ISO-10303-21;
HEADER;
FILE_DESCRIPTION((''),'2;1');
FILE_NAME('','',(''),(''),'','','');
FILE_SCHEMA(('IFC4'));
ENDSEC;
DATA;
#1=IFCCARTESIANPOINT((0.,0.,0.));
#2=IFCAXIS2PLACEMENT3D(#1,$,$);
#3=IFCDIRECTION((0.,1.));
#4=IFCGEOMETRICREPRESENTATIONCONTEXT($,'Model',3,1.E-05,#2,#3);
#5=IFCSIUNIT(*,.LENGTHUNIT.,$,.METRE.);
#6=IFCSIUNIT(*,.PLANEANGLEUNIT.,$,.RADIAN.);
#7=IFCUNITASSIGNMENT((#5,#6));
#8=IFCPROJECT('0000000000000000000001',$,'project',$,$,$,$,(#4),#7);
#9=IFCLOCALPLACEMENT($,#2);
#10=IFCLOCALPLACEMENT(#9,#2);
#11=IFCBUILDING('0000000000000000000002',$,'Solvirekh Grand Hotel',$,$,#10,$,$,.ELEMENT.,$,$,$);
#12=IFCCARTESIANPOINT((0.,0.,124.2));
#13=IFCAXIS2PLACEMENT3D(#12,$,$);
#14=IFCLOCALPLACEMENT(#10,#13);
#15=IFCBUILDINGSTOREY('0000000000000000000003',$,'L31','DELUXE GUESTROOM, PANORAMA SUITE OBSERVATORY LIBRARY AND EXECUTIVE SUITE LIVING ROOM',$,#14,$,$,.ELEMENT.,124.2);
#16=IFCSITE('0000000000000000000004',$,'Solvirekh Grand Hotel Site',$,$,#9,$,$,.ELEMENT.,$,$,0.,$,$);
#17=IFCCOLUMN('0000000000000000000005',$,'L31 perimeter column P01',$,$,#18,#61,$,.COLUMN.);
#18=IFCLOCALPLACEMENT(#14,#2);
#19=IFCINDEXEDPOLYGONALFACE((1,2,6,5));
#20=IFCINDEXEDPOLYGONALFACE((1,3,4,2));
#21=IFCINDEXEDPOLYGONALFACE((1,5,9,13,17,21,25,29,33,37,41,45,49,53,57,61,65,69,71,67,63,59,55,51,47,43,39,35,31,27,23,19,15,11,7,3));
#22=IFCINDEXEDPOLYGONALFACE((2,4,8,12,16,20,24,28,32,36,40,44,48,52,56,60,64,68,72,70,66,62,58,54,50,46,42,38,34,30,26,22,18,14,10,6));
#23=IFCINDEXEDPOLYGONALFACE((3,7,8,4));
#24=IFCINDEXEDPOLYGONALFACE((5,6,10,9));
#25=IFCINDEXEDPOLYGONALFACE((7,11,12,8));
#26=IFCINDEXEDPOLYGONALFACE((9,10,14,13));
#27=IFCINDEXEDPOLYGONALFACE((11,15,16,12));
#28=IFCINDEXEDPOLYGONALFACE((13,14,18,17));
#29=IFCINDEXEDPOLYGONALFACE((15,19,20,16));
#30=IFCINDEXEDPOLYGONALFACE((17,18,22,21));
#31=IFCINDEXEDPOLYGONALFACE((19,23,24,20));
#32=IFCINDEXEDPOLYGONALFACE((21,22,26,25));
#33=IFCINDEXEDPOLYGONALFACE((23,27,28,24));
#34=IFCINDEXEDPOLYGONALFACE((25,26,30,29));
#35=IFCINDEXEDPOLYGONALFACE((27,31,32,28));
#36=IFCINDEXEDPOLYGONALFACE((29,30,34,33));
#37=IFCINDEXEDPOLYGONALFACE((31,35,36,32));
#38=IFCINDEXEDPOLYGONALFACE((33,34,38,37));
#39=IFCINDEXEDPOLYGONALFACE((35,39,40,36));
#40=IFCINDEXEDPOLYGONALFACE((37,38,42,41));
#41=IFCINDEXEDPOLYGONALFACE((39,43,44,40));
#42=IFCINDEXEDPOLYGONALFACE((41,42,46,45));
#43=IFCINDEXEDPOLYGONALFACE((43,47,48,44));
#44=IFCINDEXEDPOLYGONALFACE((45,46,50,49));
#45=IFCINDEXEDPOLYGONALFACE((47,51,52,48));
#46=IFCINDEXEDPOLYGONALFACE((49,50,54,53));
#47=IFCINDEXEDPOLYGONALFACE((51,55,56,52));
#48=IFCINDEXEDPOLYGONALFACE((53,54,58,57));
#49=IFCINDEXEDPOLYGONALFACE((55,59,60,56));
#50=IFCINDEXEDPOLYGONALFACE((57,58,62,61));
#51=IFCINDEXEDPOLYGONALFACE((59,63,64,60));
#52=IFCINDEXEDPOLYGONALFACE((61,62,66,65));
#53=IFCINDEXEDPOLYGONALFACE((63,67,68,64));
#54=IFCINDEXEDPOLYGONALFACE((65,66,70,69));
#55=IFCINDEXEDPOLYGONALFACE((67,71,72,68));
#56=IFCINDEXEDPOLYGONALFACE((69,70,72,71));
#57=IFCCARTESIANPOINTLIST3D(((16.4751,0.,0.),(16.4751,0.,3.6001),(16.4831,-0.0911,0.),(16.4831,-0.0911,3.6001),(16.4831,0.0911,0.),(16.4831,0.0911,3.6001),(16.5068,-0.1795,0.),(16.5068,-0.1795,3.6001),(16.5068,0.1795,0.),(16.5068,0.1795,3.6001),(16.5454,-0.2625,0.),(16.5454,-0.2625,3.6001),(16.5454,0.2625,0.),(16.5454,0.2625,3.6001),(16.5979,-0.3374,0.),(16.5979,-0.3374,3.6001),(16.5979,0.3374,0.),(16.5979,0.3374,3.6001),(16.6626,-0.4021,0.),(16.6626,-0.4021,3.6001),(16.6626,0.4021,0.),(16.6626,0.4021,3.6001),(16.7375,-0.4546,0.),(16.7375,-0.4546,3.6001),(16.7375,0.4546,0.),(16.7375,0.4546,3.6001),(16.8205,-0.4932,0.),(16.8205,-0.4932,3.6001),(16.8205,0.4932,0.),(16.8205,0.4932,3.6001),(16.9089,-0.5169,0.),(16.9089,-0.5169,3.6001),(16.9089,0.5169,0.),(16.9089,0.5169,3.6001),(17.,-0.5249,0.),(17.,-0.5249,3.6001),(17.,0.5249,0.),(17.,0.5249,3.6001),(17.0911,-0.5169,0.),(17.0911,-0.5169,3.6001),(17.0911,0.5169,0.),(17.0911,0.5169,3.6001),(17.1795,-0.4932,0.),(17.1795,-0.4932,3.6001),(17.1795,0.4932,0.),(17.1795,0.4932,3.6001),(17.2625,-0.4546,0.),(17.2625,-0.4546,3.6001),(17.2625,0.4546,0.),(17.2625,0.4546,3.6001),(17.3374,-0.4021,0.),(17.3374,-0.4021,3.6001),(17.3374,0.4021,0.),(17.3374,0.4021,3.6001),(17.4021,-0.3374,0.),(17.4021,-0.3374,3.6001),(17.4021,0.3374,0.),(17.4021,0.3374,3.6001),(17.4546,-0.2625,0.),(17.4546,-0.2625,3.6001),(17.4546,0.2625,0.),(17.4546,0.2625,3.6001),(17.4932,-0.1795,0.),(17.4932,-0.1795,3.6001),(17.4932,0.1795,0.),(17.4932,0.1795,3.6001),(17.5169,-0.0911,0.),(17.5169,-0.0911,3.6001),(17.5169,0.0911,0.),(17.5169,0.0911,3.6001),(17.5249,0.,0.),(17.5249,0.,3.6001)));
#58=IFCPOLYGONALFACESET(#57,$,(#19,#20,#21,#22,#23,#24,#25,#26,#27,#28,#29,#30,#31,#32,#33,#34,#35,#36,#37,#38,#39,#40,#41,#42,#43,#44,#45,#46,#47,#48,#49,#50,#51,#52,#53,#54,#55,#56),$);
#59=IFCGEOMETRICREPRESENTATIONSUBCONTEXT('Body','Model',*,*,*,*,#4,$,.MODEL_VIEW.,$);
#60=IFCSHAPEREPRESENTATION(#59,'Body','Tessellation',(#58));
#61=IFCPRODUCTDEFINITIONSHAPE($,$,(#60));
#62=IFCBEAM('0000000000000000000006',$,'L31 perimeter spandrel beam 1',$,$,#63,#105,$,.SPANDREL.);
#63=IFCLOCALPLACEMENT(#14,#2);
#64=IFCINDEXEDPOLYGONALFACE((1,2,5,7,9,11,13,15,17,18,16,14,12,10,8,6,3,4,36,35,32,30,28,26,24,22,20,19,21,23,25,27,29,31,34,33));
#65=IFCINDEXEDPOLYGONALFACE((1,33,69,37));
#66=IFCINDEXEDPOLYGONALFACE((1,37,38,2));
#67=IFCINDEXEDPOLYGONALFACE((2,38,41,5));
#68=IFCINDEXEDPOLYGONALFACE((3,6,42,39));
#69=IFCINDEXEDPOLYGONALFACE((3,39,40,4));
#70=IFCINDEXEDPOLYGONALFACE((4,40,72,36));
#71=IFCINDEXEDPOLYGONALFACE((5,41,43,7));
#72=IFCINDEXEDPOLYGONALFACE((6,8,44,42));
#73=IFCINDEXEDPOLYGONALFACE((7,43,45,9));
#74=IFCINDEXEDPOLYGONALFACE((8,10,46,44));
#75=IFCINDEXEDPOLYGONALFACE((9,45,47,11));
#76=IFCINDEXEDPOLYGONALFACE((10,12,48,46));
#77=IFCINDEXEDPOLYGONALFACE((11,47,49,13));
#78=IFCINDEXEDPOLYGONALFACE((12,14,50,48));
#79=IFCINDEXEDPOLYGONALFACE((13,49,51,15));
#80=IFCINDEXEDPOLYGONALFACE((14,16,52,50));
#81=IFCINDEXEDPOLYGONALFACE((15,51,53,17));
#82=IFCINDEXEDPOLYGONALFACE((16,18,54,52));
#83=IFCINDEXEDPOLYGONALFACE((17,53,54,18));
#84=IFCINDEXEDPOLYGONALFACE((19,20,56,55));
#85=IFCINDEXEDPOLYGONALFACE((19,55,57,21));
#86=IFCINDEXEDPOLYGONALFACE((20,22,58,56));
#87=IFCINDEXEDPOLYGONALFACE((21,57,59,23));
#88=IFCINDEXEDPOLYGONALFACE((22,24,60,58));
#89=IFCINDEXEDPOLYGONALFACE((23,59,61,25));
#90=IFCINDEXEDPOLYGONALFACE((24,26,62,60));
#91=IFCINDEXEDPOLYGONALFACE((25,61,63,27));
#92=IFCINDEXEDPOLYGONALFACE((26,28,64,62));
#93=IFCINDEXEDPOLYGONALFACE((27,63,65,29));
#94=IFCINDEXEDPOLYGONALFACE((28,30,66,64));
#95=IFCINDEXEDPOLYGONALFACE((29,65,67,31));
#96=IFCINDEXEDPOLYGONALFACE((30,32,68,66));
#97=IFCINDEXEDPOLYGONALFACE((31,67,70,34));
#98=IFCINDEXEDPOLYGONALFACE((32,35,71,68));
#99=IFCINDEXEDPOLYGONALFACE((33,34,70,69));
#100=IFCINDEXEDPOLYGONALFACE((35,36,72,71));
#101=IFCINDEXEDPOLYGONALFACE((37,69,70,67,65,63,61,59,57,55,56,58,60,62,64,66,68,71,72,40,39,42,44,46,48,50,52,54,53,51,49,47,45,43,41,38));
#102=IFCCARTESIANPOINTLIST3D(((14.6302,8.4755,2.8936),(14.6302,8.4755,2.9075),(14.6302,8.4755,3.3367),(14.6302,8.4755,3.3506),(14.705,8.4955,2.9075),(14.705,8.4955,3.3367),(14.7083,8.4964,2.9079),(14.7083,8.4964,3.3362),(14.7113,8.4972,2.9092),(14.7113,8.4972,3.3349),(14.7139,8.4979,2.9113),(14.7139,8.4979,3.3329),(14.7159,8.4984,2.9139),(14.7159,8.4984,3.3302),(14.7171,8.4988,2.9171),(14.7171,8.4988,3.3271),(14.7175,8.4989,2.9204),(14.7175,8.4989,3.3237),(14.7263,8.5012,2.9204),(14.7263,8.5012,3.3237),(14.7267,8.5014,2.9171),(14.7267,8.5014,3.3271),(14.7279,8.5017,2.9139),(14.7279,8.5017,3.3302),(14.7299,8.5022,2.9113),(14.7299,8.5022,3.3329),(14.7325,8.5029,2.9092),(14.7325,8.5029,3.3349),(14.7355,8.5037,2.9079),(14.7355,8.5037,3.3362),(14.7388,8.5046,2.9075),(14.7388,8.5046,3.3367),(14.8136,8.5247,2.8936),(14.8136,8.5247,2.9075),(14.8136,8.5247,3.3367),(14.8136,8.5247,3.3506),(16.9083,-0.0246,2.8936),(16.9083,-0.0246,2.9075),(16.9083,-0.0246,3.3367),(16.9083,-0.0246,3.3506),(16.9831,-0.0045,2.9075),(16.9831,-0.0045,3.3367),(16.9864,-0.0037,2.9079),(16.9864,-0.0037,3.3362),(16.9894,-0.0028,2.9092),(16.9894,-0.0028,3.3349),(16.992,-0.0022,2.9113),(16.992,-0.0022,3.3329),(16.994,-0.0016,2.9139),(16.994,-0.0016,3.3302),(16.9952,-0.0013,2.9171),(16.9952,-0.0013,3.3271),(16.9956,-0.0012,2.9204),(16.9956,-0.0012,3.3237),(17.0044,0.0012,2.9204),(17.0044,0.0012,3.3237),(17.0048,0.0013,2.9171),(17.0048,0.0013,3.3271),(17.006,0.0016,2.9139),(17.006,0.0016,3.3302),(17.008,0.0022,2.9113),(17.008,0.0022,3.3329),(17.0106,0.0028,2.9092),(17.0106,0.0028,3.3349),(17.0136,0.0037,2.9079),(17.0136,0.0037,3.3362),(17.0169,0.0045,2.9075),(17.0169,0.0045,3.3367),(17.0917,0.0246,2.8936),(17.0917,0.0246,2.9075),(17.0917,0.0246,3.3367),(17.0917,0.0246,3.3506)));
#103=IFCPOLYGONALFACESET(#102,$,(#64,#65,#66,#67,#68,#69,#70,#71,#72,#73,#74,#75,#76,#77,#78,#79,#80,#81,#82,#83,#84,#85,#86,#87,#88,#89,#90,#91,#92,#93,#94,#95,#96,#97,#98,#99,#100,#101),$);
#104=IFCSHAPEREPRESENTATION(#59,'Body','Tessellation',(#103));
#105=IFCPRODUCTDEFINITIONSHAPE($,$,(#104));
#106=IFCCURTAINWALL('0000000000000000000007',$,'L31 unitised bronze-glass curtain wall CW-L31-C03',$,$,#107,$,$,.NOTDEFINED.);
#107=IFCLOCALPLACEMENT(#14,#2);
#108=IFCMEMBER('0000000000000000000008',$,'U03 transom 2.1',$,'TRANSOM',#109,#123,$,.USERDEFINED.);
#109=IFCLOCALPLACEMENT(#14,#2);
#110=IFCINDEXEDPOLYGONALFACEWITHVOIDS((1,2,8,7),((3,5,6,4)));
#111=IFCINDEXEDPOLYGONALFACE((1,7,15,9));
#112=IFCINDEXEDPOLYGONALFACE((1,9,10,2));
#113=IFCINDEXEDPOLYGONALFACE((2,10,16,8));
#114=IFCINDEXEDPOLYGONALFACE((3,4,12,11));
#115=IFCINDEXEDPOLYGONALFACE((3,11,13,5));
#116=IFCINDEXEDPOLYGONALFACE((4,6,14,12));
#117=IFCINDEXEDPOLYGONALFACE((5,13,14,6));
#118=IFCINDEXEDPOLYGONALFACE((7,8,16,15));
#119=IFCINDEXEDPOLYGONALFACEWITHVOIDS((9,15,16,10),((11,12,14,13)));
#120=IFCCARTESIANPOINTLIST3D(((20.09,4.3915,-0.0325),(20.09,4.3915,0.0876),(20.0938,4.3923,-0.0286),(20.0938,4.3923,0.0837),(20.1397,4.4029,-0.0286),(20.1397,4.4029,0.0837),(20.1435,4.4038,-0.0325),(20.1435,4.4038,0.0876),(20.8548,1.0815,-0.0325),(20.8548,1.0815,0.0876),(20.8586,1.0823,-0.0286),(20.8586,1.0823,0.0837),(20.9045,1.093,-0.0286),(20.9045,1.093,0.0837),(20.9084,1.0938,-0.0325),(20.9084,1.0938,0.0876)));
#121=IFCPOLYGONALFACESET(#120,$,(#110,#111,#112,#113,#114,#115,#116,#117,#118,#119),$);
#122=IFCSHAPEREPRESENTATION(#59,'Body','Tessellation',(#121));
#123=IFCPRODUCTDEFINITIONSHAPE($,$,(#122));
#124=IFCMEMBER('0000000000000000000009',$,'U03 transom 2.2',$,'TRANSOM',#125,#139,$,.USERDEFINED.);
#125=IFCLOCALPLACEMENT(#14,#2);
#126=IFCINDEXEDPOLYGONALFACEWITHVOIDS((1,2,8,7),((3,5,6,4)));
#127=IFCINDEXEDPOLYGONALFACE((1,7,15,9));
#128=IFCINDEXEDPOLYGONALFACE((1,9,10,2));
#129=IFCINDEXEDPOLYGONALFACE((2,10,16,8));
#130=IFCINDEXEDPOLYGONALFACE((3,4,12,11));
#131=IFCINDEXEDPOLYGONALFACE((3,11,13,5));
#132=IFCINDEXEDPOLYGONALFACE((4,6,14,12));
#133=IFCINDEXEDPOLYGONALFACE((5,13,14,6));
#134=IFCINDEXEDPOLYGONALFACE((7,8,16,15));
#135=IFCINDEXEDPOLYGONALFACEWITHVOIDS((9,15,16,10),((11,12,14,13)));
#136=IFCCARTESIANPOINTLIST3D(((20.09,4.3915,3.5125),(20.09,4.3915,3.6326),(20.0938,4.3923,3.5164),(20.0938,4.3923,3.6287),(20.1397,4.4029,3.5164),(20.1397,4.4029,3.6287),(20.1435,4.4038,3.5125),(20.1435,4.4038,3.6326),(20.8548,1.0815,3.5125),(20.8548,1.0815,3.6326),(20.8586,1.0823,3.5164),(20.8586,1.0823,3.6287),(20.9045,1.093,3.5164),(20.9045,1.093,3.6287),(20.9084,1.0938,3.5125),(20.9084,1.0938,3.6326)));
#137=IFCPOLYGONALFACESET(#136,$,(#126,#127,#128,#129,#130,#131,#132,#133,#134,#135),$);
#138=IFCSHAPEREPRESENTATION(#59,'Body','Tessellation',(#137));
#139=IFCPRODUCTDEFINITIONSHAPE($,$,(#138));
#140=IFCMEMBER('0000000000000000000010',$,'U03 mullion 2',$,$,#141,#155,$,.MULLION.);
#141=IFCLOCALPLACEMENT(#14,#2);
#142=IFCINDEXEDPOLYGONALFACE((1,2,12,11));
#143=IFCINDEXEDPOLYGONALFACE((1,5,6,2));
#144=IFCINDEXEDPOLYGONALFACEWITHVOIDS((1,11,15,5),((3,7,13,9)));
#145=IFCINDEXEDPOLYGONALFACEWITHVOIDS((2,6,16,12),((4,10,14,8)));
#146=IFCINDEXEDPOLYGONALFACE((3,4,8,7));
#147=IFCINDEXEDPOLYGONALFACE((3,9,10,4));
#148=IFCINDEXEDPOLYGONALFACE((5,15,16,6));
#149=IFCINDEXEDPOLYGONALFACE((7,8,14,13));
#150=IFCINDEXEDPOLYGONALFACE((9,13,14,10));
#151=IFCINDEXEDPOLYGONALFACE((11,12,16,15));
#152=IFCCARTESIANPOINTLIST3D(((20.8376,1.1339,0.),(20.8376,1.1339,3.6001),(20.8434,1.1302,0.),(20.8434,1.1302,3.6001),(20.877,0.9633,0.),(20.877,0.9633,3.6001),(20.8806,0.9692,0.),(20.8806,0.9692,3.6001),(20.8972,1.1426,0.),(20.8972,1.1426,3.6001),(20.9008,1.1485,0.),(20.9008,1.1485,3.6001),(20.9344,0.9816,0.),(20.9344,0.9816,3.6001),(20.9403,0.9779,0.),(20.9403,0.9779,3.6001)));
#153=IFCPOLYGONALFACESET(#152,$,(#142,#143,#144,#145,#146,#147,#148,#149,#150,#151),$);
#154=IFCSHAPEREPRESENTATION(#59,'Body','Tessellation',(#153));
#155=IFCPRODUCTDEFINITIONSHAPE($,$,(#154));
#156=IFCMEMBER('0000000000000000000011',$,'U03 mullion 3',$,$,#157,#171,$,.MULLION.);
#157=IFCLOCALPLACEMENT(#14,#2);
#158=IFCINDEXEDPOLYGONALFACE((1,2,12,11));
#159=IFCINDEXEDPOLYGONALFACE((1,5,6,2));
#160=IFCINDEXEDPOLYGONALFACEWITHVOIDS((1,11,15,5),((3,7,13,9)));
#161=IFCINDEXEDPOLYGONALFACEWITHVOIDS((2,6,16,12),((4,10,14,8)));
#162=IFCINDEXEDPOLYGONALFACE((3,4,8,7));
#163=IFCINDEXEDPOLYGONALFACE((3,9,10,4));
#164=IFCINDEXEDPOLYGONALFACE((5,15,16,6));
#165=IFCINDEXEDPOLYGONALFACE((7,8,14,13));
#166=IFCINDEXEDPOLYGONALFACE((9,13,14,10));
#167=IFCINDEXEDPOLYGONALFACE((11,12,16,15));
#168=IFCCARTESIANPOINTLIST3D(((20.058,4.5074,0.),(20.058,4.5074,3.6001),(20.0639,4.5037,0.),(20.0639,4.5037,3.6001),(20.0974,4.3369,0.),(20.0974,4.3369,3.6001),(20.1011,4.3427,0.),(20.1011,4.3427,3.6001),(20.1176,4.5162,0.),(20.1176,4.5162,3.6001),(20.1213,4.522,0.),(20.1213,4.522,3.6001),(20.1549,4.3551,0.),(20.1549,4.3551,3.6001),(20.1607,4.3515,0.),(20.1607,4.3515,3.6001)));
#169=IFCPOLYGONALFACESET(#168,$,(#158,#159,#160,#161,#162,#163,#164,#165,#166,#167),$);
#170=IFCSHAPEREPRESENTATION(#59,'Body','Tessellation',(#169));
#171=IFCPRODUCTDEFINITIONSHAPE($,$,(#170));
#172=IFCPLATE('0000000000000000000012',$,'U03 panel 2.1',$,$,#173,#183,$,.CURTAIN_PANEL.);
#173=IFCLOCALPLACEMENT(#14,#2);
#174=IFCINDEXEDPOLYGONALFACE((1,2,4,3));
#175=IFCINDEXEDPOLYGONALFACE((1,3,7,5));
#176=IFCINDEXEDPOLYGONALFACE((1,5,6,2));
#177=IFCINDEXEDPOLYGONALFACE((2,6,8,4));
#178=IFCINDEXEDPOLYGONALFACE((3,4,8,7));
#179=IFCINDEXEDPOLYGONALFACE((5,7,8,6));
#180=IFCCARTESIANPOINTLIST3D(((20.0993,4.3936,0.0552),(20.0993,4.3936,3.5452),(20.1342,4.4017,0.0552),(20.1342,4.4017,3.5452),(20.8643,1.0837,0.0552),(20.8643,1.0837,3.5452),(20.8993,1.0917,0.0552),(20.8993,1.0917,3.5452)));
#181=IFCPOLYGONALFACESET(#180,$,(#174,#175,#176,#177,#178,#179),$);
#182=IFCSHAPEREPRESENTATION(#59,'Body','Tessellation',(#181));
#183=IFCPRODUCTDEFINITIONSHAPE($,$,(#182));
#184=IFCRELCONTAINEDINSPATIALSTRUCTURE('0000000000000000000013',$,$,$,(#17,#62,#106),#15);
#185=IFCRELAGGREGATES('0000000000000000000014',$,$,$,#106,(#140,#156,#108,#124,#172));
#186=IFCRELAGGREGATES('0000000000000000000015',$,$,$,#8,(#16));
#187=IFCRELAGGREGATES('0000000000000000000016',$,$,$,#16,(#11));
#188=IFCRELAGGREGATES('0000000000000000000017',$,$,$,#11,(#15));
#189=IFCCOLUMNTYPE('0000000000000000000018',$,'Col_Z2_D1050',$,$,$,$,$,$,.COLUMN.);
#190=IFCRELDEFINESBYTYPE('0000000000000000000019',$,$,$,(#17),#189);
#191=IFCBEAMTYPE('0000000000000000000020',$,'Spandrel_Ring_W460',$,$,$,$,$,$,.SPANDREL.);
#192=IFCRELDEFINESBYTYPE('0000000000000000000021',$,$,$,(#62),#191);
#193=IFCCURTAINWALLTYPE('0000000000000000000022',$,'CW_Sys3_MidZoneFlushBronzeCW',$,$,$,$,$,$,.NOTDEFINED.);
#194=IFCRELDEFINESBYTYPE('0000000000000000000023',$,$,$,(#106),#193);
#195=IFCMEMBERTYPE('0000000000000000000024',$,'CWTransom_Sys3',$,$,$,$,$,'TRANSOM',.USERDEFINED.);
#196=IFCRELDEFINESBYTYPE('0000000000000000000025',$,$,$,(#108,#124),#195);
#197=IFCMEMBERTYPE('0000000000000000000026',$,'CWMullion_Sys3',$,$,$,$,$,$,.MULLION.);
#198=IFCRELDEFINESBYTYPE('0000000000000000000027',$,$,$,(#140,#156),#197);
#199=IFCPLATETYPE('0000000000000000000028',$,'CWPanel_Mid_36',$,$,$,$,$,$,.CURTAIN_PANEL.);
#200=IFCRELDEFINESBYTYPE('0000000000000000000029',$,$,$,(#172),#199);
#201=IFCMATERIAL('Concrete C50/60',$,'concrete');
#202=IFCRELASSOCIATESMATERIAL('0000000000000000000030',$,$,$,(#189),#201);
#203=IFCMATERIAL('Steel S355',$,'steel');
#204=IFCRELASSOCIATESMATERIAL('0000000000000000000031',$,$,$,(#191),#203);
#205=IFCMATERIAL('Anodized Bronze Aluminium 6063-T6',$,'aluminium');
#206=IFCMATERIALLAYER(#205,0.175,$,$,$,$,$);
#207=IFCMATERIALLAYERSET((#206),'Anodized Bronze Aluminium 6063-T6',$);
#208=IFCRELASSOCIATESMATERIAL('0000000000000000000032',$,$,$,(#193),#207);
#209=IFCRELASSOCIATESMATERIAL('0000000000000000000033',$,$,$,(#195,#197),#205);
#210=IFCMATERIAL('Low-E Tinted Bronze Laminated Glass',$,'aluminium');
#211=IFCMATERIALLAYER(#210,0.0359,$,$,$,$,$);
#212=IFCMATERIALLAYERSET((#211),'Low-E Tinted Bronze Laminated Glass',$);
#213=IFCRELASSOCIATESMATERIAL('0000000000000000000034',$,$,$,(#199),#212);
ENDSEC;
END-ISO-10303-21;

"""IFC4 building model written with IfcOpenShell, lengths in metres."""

from ifc_helpers import new_model, si_unit, direction, frame, origin, origin_2d, place, context, subcontext, project, spatial, rectangle, hollow_rectangle, circle, i_section, extrude, source, transform, mapped, material, layer, layer_set, material_profile, profile_set, type_object, element, aggregate, save


model = new_model("IFC4")

# Units and contexts
model_context = context("Model", 3, precision=1e-05, world=origin(), true_north=direction((0.0, 1.0)))
body_context = subcontext(model_context, "Body", "Model", "MODEL_VIEW")
ifc_project = project(units=[si_unit("LENGTHUNIT", "METRE"), si_unit("PLANEANGLEUNIT", "RADIAN")], contexts=[model_context])

# Site, building, storey
site_placement = place(None, origin())
site = spatial("IfcSite", under=ifc_project, at=site_placement, Name="Solvirekh Grand Hotel Site", CompositionType="ELEMENT", RefElevation=0.0)
building_placement = place(site_placement, origin())
building = spatial("IfcBuilding", under=site, at=building_placement, Name="Solvirekh Grand Hotel", CompositionType="ELEMENT")
storey_placement = place(building_placement, frame((0.0, 0.0, 124.2)))
storey = spatial("IfcBuildingStorey", under=building, at=storey_placement, Name="L31", Description="DELUXE GUESTROOM, PANORAMA SUITE OBSERVATORY LIBRARY AND EXECUTIVE SUITE LIVING ROOM", CompositionType="ELEMENT", Elevation=124.2)

# Column
ifc_material_1 = material(Name="Concrete C50/60", Category="concrete")
ifc_material_profile_1 = material_profile(ifc_material_1, circle(Radius=0.5249, at=origin_2d()), Name="RC CIRC D1050")
ifc_profile_set_1 = profile_set([ifc_material_profile_1], Name="Concrete C50/60")
column_type = type_object("IfcColumnType", Name="Col_Z2_D1050", PredefinedType="COLUMN", material=ifc_profile_set_1)
column_placement = place(storey_placement, frame((17.0, 0.0, 0.0), z_axis=(0.0, 0.0, 1.0), x_axis=(1.0, 0.0, 0.0)))
element("IfcColumn", 1, at=column_placement, inside=storey, type_object=column_type, Name="L31 perimeter column P01", PredefinedType="COLUMN", context=body_context, shape_type="SweptSolid", body=[
    extrude(circle(Radius=0.5249, at=origin_2d()), origin(), (0.0, 0.0, 1.0), 3.6001),
])

# Beam
ifc_material_2 = material(Name="Steel S355", Category="steel")
ifc_material_profile_2 = material_profile(ifc_material_2, i_section(OverallWidth=0.1899, OverallDepth=0.457, WebThickness=0.009, FlangeThickness=0.0139, FilletRadius=0.0129, at=origin_2d()), Name="W460X74")
ifc_profile_set_2 = profile_set([ifc_material_profile_2], Name="Steel S355")
beam_type = type_object("IfcBeamType", Name="Spandrel_Ring_W460", PredefinedType="SPANDREL", material=ifc_profile_set_2)
beam_placement = place(storey_placement, frame((17.0, 0.0, 3.1221), z_axis=(-0.258873, 0.965911, 0.0), x_axis=(-0.965911, -0.258873, 0.0)))
element("IfcBeam", 2, at=beam_placement, inside=storey, type_object=beam_type, Name="L31 perimeter spandrel beam 1", PredefinedType="SPANDREL", context=body_context, shape_type="SweptSolid", body=[
    extrude(i_section(OverallWidth=0.1899, OverallDepth=0.457, WebThickness=0.009, FlangeThickness=0.0139, FilletRadius=0.0129, at=origin_2d()), origin(), (0.0, 0.0, 1.0), 8.8),
])

# Curtain wall, members, plate
ifc_material_3 = material(Name="Anodized Bronze Aluminium 6063-T6", Category="aluminium")
ifc_layer_1 = layer(ifc_material_3, 0.175)
ifc_layer_set_1 = layer_set([ifc_layer_1], Name="Anodized Bronze Aluminium 6063-T6")
curtain_wall_type = type_object("IfcCurtainWallType", Name="CW_Sys3_MidZoneFlushBronzeCW", PredefinedType="NOTDEFINED", material=ifc_layer_set_1)
curtain_wall_placement = place(storey_placement, origin())
curtain_wall = element("IfcCurtainWall", 3, at=curtain_wall_placement, inside=storey, type_object=curtain_wall_type, Name="L31 unitised bronze-glass curtain wall CW-L31-C03", PredefinedType="NOTDEFINED")
ifc_material_profile_3 = material_profile(ifc_material_3, hollow_rectangle(XDim=0.0549, YDim=0.1201, WallThickness=0.0039, at=origin_2d()), Name="ALU RHS 120X55X4")
ifc_profile_set_3 = profile_set([ifc_material_profile_3], Name="Anodized Bronze Aluminium 6063-T6")
member_type_1 = type_object("IfcMemberType", Name="CWTransom_Sys3", ElementType="TRANSOM", PredefinedType="USERDEFINED", material=ifc_profile_set_3)
shared_shape_1 = source(origin(), body_context, "Body", "SweptSolid", [
    extrude(hollow_rectangle(XDim=0.0549, YDim=0.1201, WallThickness=0.0039, at=origin_2d()), origin(), (0.0, 0.0, 1.0), 3.3972),
])
member_1_placement = place(storey_placement, frame((20.8816, 1.0876, 0.0276), z_axis=(-0.225148, 0.974325, 0.0), x_axis=(-0.974325, -0.225148, 0.0)))
member_1 = element("IfcMember", 4, at=member_1_placement, type_object=member_type_1, Name="U03 transom 2.1", ObjectType="TRANSOM", PredefinedType="USERDEFINED", context=body_context, shape_type="MappedRepresentation", body=[
    mapped(shared_shape_1, transform((0.0, 0.0, 0.0), x_axis=(1.0, 0.0, 0.0), y_axis=(0.0, 1.0, 0.0), z_axis=(0.0, 0.0, 1.0), scale=1.0)),
])
member_2_placement = place(storey_placement, frame((20.8816, 1.0876, 3.5725), z_axis=(-0.225148, 0.974325, 0.0), x_axis=(-0.974325, -0.225148, 0.0)))
member_2 = element("IfcMember", 5, at=member_2_placement, type_object=member_type_1, Name="U03 transom 2.2", ObjectType="TRANSOM", PredefinedType="USERDEFINED", context=body_context, shape_type="MappedRepresentation", body=[
    mapped(shared_shape_1, transform((0.0, 0.0, 0.0), x_axis=(1.0, 0.0, 0.0), y_axis=(0.0, 1.0, 0.0), z_axis=(0.0, 0.0, 1.0), scale=1.0)),
])
ifc_material_profile_4 = material_profile(ifc_material_3, hollow_rectangle(XDim=0.0649, YDim=0.175, WallThickness=0.0049, at=origin_2d()), Name="ALU RHS 175X65X5")
ifc_profile_set_4 = profile_set([ifc_material_profile_4], Name="Anodized Bronze Aluminium 6063-T6")
member_type_2 = type_object("IfcMemberType", Name="CWMullion_Sys3", PredefinedType="MULLION", material=ifc_profile_set_4)
shared_shape_2 = source(origin(), body_context, "Body", "SweptSolid", [
    extrude(hollow_rectangle(XDim=0.0649, YDim=0.175, WallThickness=0.0049, at=origin_2d()), origin(), (0.0, 0.0, 1.0), 3.6001),
])
member_3_placement = place(storey_placement, frame((20.8889, 1.0559, 0.0), z_axis=(0.0, 0.0, 1.0), x_axis=(-0.974314, -0.225194, 0.0)))
member_3 = element("IfcMember", 6, at=member_3_placement, type_object=member_type_2, Name="U03 mullion 2", PredefinedType="MULLION", context=body_context, shape_type="MappedRepresentation", body=[
    mapped(shared_shape_2, transform((0.0, 0.0, 0.0), x_axis=(1.0, 0.0, 0.0), y_axis=(0.0, 1.0, 0.0), z_axis=(0.0, 0.0, 1.0), scale=1.0)),
])
member_4_placement = place(storey_placement, frame((20.1094, 4.4294, 0.0), z_axis=(0.0, 0.0, 1.0), x_axis=(-0.974314, -0.225194, 0.0)))
member_4 = element("IfcMember", 7, at=member_4_placement, type_object=member_type_2, Name="U03 mullion 3", PredefinedType="MULLION", context=body_context, shape_type="MappedRepresentation", body=[
    mapped(shared_shape_2, transform((0.0, 0.0, 0.0), x_axis=(1.0, 0.0, 0.0), y_axis=(0.0, 1.0, 0.0), z_axis=(0.0, 0.0, 1.0), scale=1.0)),
])
ifc_material_4 = material(Name="Low-E Tinted Bronze Laminated Glass", Category="aluminium")
ifc_layer_2 = layer(ifc_material_4, 0.0359)
ifc_layer_set_2 = layer_set([ifc_layer_2], Name="Low-E Tinted Bronze Laminated Glass")
plate_type = type_object("IfcPlateType", Name="CWPanel_Mid_36", PredefinedType="CURTAIN_PANEL", material=ifc_layer_set_2)
shared_shape_3 = source(origin(), body_context, "Body", "SweptSolid", [
    extrude(rectangle(XDim=3.3972, YDim=0.0359, at=origin_2d()), origin(), (0.0, 0.0, 1.0), 3.49),
])
plate_placement = place(storey_placement, frame((20.4993, 2.7427, 0.0552), z_axis=(0.0, 0.0, 1.0), x_axis=(-0.225194, 0.974314, 0.0)))
plate = element("IfcPlate", 8, at=plate_placement, type_object=plate_type, Name="U03 panel 2.1", PredefinedType="CURTAIN_PANEL", context=body_context, shape_type="MappedRepresentation", body=[
    mapped(shared_shape_3, transform((0.0, 0.0, 0.0), x_axis=(1.0, 0.0, 0.0), y_axis=(0.0, 1.0, 0.0), z_axis=(0.0, 0.0, 1.0), scale=1.0)),
])
aggregate(curtain_wall, [member_3, member_4, member_1, member_2, plate])

save(model, "model.ifc")
